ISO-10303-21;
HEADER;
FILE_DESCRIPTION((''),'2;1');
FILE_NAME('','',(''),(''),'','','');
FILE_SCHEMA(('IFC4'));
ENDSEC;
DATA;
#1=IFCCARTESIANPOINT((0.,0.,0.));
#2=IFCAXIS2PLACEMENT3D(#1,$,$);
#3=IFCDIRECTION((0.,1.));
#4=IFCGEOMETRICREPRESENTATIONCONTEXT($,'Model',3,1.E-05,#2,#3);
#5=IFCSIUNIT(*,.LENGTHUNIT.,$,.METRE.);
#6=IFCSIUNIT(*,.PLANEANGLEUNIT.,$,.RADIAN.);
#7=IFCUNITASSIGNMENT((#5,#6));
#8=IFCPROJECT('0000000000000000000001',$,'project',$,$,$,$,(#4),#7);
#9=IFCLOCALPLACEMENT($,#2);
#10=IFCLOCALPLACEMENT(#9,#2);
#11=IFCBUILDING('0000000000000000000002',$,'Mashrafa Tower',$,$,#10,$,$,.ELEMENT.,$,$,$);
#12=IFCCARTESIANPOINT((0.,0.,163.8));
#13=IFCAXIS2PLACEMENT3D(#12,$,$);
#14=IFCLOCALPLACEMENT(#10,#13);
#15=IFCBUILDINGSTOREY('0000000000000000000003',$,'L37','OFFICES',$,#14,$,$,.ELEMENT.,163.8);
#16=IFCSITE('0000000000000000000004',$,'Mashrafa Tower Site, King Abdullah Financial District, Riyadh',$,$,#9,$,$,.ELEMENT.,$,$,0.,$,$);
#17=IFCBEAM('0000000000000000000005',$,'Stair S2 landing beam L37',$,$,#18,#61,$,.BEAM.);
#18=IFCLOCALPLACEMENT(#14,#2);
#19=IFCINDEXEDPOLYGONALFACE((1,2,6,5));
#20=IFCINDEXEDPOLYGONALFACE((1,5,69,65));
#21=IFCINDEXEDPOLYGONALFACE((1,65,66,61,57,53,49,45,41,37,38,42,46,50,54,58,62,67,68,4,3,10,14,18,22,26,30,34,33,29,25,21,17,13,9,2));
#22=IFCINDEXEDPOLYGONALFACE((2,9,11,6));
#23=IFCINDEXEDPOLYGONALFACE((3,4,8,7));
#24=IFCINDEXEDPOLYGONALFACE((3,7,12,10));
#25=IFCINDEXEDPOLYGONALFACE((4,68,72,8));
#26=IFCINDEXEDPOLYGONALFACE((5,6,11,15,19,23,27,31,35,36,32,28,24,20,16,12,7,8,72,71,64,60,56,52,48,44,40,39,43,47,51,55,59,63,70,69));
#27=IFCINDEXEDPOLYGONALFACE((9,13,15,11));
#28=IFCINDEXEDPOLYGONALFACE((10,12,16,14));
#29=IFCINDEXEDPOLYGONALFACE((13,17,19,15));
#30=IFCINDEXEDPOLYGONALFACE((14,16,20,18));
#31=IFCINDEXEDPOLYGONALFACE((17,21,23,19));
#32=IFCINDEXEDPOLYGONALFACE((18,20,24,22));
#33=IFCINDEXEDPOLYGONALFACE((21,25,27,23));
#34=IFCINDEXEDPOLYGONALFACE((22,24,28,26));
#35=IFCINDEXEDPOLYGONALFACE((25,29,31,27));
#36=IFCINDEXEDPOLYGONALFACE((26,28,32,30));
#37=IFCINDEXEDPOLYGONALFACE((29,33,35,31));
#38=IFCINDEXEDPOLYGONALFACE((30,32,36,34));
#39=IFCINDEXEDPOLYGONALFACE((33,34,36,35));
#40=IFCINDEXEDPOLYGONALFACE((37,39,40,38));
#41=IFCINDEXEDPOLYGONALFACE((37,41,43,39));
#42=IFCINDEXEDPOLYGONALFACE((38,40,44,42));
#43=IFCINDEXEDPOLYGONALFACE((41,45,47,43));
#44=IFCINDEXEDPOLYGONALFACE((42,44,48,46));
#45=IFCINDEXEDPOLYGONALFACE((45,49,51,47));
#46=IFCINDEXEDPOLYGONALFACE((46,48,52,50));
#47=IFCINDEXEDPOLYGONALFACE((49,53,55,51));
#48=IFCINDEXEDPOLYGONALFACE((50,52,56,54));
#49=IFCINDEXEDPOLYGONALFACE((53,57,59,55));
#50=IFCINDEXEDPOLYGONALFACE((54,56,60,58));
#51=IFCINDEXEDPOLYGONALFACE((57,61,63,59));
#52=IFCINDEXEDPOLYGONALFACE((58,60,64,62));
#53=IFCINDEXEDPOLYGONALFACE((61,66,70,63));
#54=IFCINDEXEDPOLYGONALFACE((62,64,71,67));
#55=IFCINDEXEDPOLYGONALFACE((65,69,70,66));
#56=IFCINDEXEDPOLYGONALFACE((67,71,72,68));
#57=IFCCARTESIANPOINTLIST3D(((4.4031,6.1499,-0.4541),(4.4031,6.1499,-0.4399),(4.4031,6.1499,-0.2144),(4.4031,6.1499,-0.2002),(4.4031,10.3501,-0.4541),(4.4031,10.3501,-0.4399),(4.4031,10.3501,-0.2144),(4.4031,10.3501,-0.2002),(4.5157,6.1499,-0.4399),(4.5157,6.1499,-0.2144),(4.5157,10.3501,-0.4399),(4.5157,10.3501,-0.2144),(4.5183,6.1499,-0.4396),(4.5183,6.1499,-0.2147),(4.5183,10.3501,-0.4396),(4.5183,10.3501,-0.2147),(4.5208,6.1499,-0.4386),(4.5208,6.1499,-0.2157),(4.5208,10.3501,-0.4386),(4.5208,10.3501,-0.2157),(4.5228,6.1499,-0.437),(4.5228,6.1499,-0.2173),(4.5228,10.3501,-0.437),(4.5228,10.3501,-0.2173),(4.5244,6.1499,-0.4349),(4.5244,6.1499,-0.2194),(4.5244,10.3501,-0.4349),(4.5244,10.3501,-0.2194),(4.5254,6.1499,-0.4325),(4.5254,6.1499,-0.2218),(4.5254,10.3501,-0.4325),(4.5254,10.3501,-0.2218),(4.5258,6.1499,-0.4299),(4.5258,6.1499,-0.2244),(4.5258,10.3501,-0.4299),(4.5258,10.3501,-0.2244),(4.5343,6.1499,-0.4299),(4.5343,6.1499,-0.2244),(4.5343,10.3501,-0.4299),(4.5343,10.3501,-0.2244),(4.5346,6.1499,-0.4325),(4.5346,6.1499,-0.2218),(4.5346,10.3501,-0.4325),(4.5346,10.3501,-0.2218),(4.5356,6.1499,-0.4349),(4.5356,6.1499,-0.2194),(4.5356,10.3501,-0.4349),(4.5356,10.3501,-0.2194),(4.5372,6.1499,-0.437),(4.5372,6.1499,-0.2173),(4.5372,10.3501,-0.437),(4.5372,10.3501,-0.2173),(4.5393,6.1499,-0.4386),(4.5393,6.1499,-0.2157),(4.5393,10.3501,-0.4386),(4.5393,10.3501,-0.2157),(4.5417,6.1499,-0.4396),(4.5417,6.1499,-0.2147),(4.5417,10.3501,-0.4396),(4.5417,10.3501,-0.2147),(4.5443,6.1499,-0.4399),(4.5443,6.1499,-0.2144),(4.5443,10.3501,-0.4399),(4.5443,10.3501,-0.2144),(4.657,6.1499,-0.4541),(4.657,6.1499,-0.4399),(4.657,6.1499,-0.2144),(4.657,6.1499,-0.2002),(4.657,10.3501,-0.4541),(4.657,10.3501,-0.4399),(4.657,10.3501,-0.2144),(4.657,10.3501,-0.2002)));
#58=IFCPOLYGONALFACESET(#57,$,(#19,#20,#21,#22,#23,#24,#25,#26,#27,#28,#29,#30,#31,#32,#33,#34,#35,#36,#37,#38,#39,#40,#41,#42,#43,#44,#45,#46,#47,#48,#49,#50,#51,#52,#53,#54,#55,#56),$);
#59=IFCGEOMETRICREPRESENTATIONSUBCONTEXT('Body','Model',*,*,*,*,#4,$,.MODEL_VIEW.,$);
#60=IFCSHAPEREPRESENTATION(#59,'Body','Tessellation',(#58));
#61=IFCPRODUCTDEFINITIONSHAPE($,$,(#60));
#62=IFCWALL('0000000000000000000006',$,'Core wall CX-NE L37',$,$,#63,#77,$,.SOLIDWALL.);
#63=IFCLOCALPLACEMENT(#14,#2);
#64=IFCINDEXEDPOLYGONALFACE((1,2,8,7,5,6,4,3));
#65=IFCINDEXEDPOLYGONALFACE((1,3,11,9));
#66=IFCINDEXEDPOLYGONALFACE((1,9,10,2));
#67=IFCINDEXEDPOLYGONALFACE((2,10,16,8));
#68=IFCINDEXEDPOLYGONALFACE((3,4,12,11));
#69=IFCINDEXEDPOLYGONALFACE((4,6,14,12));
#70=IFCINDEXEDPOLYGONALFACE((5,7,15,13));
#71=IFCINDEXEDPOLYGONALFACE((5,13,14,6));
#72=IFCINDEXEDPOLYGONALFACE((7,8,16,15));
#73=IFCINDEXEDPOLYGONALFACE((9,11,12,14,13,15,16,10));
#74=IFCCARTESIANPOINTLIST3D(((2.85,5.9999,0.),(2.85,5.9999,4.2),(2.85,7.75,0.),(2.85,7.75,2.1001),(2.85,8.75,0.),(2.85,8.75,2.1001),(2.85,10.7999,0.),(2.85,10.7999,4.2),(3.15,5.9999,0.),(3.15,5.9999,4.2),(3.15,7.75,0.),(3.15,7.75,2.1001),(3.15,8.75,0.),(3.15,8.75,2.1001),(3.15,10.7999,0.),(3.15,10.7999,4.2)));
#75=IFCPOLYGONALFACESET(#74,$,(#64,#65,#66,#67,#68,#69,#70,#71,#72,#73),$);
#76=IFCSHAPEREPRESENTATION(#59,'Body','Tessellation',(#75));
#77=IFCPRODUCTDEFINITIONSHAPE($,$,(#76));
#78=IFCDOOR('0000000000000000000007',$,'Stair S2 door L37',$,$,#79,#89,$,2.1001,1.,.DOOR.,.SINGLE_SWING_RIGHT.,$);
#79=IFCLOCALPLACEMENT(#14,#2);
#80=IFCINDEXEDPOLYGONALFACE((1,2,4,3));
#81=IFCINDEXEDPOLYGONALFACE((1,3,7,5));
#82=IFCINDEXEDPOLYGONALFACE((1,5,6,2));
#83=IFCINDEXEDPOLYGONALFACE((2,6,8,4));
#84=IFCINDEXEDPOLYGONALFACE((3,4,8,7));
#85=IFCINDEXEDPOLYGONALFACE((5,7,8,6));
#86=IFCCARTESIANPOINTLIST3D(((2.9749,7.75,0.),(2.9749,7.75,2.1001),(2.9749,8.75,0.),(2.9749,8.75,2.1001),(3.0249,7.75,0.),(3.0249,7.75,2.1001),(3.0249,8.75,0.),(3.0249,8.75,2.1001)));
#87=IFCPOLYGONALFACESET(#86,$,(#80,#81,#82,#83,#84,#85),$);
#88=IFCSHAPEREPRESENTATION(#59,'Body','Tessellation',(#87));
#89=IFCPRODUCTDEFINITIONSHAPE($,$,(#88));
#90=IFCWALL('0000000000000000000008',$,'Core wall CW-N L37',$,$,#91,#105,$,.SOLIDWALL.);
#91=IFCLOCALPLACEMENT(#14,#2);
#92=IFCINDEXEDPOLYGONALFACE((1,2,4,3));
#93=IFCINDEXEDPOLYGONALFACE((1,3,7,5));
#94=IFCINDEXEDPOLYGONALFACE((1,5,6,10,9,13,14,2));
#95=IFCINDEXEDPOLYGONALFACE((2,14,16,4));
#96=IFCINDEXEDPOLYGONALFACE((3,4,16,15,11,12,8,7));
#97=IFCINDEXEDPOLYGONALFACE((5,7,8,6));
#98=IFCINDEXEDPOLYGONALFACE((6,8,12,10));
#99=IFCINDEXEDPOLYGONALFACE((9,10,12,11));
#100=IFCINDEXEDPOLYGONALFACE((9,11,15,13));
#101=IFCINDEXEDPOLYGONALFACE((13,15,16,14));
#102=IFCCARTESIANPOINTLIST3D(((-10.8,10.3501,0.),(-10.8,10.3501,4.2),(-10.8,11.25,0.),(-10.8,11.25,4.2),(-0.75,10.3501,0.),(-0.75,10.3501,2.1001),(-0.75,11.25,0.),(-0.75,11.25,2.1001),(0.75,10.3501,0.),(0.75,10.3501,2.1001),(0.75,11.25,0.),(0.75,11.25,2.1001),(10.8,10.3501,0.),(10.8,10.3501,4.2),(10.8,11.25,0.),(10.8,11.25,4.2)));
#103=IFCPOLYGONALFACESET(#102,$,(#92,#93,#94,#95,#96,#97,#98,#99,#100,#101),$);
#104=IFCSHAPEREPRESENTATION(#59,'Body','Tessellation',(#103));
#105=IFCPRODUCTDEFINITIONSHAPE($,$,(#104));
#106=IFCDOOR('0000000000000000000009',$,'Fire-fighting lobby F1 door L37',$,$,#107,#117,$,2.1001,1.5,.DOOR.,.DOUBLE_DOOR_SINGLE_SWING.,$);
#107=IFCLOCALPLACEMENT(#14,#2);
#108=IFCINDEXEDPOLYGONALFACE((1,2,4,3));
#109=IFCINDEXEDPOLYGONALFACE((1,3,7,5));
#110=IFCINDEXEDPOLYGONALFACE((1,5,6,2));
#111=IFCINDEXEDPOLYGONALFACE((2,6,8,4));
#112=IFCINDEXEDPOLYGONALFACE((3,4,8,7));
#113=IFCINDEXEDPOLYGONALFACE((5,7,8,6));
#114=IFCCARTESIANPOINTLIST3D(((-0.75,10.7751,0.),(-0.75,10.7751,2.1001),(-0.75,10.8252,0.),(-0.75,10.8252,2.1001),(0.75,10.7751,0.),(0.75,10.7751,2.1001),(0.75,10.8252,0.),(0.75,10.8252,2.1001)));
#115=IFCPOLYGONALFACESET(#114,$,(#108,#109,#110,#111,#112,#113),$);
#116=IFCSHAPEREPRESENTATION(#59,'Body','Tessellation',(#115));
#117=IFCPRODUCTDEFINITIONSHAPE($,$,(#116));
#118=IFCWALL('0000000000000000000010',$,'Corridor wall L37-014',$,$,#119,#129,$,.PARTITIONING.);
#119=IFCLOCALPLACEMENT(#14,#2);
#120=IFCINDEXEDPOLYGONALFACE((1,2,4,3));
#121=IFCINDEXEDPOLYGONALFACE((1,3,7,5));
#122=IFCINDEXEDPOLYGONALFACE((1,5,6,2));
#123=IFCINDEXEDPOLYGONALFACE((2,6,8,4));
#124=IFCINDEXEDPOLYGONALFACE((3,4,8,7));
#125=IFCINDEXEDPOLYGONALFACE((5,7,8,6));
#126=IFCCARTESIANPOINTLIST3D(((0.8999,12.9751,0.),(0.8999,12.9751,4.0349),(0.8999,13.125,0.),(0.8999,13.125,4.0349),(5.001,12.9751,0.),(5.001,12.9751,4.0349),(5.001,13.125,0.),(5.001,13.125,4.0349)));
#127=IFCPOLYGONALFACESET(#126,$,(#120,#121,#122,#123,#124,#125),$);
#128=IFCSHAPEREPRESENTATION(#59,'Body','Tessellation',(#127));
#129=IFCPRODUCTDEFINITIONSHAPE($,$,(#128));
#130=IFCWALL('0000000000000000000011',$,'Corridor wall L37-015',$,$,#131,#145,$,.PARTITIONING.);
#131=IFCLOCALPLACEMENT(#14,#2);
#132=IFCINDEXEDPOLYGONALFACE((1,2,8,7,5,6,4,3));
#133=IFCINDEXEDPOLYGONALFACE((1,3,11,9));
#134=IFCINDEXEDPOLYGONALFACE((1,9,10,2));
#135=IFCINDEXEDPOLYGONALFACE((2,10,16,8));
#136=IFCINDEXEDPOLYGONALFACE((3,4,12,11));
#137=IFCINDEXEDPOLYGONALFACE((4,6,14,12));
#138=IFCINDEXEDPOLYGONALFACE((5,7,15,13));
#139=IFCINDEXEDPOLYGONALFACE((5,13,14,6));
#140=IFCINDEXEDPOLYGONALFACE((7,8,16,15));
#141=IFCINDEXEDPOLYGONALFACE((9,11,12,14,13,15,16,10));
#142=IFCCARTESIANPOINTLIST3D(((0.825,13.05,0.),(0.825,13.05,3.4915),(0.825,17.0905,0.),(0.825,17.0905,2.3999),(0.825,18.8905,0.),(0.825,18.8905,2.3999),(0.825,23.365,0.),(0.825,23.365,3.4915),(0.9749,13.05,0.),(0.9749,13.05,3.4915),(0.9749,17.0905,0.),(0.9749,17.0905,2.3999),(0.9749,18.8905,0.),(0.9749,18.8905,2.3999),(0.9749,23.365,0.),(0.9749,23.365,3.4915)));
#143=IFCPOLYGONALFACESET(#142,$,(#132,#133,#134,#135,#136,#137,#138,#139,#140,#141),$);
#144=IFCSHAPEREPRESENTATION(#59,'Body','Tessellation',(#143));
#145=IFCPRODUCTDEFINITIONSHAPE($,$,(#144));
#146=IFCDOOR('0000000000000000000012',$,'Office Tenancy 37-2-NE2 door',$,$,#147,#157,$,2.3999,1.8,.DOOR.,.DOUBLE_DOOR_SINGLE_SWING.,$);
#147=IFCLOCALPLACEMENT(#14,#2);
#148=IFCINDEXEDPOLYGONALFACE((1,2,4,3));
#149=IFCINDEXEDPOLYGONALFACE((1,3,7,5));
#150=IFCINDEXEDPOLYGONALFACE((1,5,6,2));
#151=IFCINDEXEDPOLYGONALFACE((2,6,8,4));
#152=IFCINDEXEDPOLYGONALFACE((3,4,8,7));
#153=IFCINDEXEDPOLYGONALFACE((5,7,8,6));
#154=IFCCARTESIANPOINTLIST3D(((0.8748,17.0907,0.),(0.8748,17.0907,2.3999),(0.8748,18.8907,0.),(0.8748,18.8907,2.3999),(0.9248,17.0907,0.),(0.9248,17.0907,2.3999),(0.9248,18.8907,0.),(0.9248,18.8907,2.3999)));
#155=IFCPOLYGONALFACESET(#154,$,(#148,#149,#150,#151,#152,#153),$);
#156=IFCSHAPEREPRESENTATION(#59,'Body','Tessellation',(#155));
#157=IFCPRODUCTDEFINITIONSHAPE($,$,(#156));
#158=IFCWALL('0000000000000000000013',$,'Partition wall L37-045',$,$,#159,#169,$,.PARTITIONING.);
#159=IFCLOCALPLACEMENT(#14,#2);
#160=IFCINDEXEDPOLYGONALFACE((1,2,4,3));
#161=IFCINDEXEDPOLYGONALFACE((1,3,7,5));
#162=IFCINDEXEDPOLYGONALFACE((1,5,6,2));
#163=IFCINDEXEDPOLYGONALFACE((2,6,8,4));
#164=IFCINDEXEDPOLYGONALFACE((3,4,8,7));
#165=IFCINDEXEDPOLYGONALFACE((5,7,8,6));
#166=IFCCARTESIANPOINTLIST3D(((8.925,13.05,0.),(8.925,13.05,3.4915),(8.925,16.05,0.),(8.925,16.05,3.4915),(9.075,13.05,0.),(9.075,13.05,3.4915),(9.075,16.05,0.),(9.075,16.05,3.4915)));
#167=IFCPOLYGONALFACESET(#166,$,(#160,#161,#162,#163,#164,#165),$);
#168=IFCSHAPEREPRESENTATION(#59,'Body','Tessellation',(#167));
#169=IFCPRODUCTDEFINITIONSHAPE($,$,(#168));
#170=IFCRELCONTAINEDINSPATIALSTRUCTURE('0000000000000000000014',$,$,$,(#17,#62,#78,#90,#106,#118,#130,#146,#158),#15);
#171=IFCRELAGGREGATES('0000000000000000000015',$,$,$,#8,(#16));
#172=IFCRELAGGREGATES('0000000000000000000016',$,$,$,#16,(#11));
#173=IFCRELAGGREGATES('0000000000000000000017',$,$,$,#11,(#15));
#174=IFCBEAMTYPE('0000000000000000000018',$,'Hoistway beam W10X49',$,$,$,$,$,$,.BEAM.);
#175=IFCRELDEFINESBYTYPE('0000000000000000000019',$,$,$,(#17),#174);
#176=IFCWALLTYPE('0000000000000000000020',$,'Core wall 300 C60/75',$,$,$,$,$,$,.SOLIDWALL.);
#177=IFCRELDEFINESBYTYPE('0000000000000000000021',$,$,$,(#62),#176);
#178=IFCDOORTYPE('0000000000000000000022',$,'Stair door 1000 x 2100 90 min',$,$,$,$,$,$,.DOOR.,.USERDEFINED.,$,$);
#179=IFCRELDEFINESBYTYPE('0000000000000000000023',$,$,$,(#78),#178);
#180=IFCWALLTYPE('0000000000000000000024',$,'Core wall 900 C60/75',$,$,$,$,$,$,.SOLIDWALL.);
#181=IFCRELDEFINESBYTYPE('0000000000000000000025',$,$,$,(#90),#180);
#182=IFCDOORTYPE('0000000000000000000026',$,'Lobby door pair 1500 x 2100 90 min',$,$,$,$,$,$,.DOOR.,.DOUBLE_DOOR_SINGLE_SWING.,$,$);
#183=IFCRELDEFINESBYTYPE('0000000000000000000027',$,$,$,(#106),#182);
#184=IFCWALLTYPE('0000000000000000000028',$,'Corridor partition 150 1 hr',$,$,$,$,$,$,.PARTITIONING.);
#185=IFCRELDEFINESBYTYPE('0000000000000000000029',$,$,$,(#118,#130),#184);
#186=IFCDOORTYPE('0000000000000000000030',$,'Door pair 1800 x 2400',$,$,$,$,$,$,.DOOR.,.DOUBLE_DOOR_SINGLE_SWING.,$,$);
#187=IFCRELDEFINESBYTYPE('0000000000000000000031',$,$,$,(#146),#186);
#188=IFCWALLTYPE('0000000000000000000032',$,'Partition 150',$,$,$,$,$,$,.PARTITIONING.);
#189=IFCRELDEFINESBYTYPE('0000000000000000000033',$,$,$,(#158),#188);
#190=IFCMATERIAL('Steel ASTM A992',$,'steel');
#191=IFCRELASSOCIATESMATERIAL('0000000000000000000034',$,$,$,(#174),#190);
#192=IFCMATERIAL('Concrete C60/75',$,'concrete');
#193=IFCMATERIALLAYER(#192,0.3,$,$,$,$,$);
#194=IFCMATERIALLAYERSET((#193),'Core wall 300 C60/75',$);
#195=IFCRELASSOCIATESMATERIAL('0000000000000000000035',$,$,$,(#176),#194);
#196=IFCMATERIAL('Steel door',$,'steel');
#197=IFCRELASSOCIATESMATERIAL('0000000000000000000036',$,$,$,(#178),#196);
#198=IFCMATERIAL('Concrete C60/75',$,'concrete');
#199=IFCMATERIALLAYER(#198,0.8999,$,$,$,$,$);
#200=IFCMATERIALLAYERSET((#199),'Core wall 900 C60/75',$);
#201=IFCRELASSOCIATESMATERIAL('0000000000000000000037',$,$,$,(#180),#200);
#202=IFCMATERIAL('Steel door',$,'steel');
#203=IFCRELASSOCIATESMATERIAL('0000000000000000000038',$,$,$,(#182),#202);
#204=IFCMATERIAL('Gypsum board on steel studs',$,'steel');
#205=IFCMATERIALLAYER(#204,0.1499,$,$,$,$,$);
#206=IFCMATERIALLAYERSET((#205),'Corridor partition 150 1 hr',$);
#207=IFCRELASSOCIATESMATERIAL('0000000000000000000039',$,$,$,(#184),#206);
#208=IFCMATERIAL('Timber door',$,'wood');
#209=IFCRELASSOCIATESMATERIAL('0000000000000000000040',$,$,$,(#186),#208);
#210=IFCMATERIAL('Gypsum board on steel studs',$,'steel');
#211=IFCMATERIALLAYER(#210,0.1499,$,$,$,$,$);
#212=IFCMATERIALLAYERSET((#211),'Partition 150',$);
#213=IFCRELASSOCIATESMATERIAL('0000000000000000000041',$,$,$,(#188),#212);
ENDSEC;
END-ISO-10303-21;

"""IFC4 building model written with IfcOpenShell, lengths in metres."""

from ifc_helpers import new_model, si_unit, direction, frame, frame_2d, origin, origin_2d, place, context, subcontext, project, spatial, rectangle, i_section, extrude, material, layer, layer_set, material_profile, profile_set, type_object, element, fill, save


model = new_model("IFC4")

# Units and contexts
model_context = context("Model", 3, precision=1e-05, world=origin(), true_north=direction((0.0, 1.0)))
body_context = subcontext(model_context, "Body", "Model", "MODEL_VIEW")
ifc_project = project(units=[si_unit("LENGTHUNIT", "METRE"), si_unit("PLANEANGLEUNIT", "RADIAN")], contexts=[model_context])

# Site, building, storey
site_placement = place(None, origin())
site = spatial("IfcSite", under=ifc_project, at=site_placement, Name="Mashrafa Tower Site, King Abdullah Financial District, Riyadh", CompositionType="ELEMENT", RefElevation=0.0)
building_placement = place(site_placement, origin())
building = spatial("IfcBuilding", under=site, at=building_placement, Name="Mashrafa Tower", CompositionType="ELEMENT")
storey_placement = place(building_placement, frame((0.0, 0.0, 163.8)))
storey = spatial("IfcBuildingStorey", under=building, at=storey_placement, Name="L37", Description="OFFICES", CompositionType="ELEMENT", Elevation=163.8)

# Beam
ifc_material_1 = material(Name="Steel ASTM A992", Category="steel")
ifc_material_profile_1 = material_profile(ifc_material_1, i_section(OverallWidth=0.2539, OverallDepth=0.2539, WebThickness=0.0085, FlangeThickness=0.0142, FilletRadius=0.01, at=origin_2d()), Name="W10X49")
ifc_profile_set_1 = profile_set([ifc_material_profile_1], Name="Steel ASTM A992")
beam_type_1 = type_object("IfcBeamType", Name="Hoistway beam W10X49", PredefinedType="BEAM", material=ifc_profile_set_1)
beam_1_placement = place(storey_placement, frame((4.53, 6.1499, -0.3271), z_axis=(0.0, 1.0, 0.0), x_axis=(-1.0, 0.0, 0.0)))
element("IfcBeam", 1, at=beam_1_placement, inside=storey, type_object=beam_type_1, Name="Stair S2 landing beam L37", PredefinedType="BEAM", context=body_context, shape_type="SweptSolid", body=[
    extrude(i_section(OverallWidth=0.2539, OverallDepth=0.2539, WebThickness=0.0085, FlangeThickness=0.0142, FilletRadius=0.01, at=origin_2d()), origin(), (0.0, 0.0, 1.0), 4.2002),
])

# Walls, openings, doors
ifc_material_2 = material(Name="Concrete C60/75", Category="concrete")
ifc_layer_1 = layer(ifc_material_2, 0.3)
ifc_layer_set_1 = layer_set([ifc_layer_1], Name="Core wall 300 C60/75")
wall_type_1 = type_object("IfcWallType", Name="Core wall 300 C60/75", PredefinedType="SOLIDWALL", material=ifc_layer_set_1)
wall_1_placement = place(storey_placement, frame((3.0, 6.0, 0.0), z_axis=(0.0, 0.0, 1.0), x_axis=(0.0, 1.0, 0.0)))
wall_1 = element("IfcWall", 2, at=wall_1_placement, inside=storey, type_object=wall_type_1, Name="Core wall CX-NE L37", PredefinedType="SOLIDWALL", context=body_context, shape_type="SweptSolid", body=[
    extrude(rectangle(XDim=4.8, YDim=0.3, at=frame_2d((2.3999, 0.0))), origin(), (0.0, 0.0, 1.0), 4.2),
])
opening_1_placement = place(wall_1_placement, frame((1.75, 0.0, 0.0)))
opening_1 = element("IfcOpeningElement", 3, at=opening_1_placement, cuts=wall_1, PredefinedType="OPENING", context=body_context, shape_type="SweptSolid", body=[
    extrude(rectangle(XDim=1.0, YDim=2.1001, at=frame_2d((0.5, 1.05))), frame((0.0, 0.1599, 0.0), z_axis=(0.0, -1.0, 0.0), x_axis=(1.0, 0.0, 0.0)), (0.0, 0.0, 1.0), 0.3201),
])
ifc_material_3 = material(Name="Steel door", Category="steel")
door_type_1 = type_object("IfcDoorType", Name="Stair door 1000 x 2100 90 min", OperationType="USERDEFINED", PredefinedType="DOOR", material=ifc_material_3)
door_1_placement = place(opening_1_placement, frame((1.0, 0.0, 0.0), z_axis=(0.0, 0.0, 1.0), x_axis=(-1.0, 0.0, 0.0)))
door_1 = element("IfcDoor", 4, at=door_1_placement, inside=storey, type_object=door_type_1, Name="Stair S2 door L37", OperationType="SINGLE_SWING_RIGHT", OverallHeight=2.1001, OverallWidth=1.0, PredefinedType="DOOR", context=body_context, shape_type="SweptSolid", body=[
    extrude(rectangle(XDim=1.0, YDim=2.1001, at=frame_2d((0.5, 1.05))), frame((0.0, 0.0249, 0.0), z_axis=(0.0, -1.0, 0.0), x_axis=(1.0, 0.0, 0.0)), (0.0, 0.0, 1.0), 0.05),
])
fill(opening_1, door_1)
ifc_material_4 = material(Name="Concrete C60/75", Category="concrete")
ifc_layer_2 = layer(ifc_material_4, 0.8999)
ifc_layer_set_2 = layer_set([ifc_layer_2], Name="Core wall 900 C60/75")
wall_type_2 = type_object("IfcWallType", Name="Core wall 900 C60/75", PredefinedType="SOLIDWALL", material=ifc_layer_set_2)
wall_2_placement = place(storey_placement, frame((10.8, 10.8, 0.0), z_axis=(0.0, 0.0, 1.0), x_axis=(-1.0, 0.0, 0.0)))
wall_2 = element("IfcWall", 5, at=wall_2_placement, inside=storey, type_object=wall_type_2, Name="Core wall CW-N L37", PredefinedType="SOLIDWALL", context=body_context, shape_type="SweptSolid", body=[
    extrude(rectangle(XDim=21.6001, YDim=0.8999, at=frame_2d((10.8, 0.0))), origin(), (0.0, 0.0, 1.0), 4.2),
])
opening_2_placement = place(wall_2_placement, frame((10.05, 0.0, 0.0)))
opening_2 = element("IfcOpeningElement", 6, at=opening_2_placement, cuts=wall_2, PredefinedType="OPENING", context=body_context, shape_type="SweptSolid", body=[
    extrude(rectangle(XDim=1.5, YDim=2.1001, at=frame_2d((0.75, 1.05))), frame((0.0, 0.46, 0.0), z_axis=(0.0, -1.0, 0.0), x_axis=(1.0, 0.0, 0.0)), (0.0, 0.0, 1.0), 0.9199),
])
ifc_material_5 = material(Name="Steel door", Category="steel")
door_type_2 = type_object("IfcDoorType", Name="Lobby door pair 1500 x 2100 90 min", OperationType="DOUBLE_DOOR_SINGLE_SWING", PredefinedType="DOOR", material=ifc_material_5)
door_2_placement = place(opening_2_placement, origin())
door_2 = element("IfcDoor", 7, at=door_2_placement, inside=storey, type_object=door_type_2, Name="Fire-fighting lobby F1 door L37", OperationType="DOUBLE_DOOR_SINGLE_SWING", OverallHeight=2.1001, OverallWidth=1.5, PredefinedType="DOOR", context=body_context, shape_type="SweptSolid", body=[
    extrude(rectangle(XDim=1.5, YDim=2.1001, at=frame_2d((0.75, 1.05))), frame((0.0, 0.0249, 0.0), z_axis=(0.0, -1.0, 0.0), x_axis=(1.0, 0.0, 0.0)), (0.0, 0.0, 1.0), 0.05),
])
fill(opening_2, door_2)

# Wall
ifc_material_6 = material(Name="Gypsum board on steel studs", Category="steel")
ifc_layer_3 = layer(ifc_material_6, 0.1499)
ifc_layer_set_3 = layer_set([ifc_layer_3], Name="Corridor partition 150 1 hr")
wall_type_3 = type_object("IfcWallType", Name="Corridor partition 150 1 hr", PredefinedType="PARTITIONING", material=ifc_layer_set_3)
wall_3_placement = place(storey_placement, frame((5.001, 13.05, 0.0), z_axis=(0.0, 0.0, 1.0), x_axis=(-1.0, 0.0, 0.0)))
element("IfcWall", 8, at=wall_3_placement, inside=storey, type_object=wall_type_3, Name="Corridor wall L37-014", PredefinedType="PARTITIONING", context=body_context, shape_type="SweptSolid", body=[
    extrude(rectangle(XDim=4.1011, YDim=0.1499, at=frame_2d((2.0505, 0.0))), origin(), (0.0, 0.0, 1.0), 4.0349),
])

# Wall, opening, door
wall_4_placement = place(storey_placement, frame((0.8999, 13.05, 0.0), z_axis=(0.0, 0.0, 1.0), x_axis=(0.0, 1.0, 0.0)))
wall_4 = element("IfcWall", 9, at=wall_4_placement, inside=storey, type_object=wall_type_3, Name="Corridor wall L37-015", PredefinedType="PARTITIONING", context=body_context, shape_type="SweptSolid", body=[
    extrude(rectangle(XDim=10.3149, YDim=0.1499, at=frame_2d((5.1575, 0.0))), origin(), (0.0, 0.0, 1.0), 3.4915),
])
opening_3_placement = place(wall_4_placement, frame((4.0405, 0.0, 0.0)))
opening_3 = element("IfcOpeningElement", 10, at=opening_3_placement, cuts=wall_4, PredefinedType="OPENING", context=body_context, shape_type="SweptSolid", body=[
    extrude(rectangle(XDim=1.8, YDim=2.3999, at=frame_2d((0.8999, 1.2))), frame((0.0, 0.085, 0.0), z_axis=(0.0, -1.0, 0.0), x_axis=(1.0, 0.0, 0.0)), (0.0, 0.0, 1.0), 0.1699),
])
ifc_material_7 = material(Name="Timber door", Category="wood")
door_type_3 = type_object("IfcDoorType", Name="Door pair 1800 x 2400", OperationType="DOUBLE_DOOR_SINGLE_SWING", PredefinedType="DOOR", material=ifc_material_7)
door_3_placement = place(opening_3_placement, frame((1.8, 0.0, 0.0), z_axis=(0.0, 0.0, 1.0), x_axis=(-1.0, 0.0, 0.0)))
door_3 = element("IfcDoor", 11, at=door_3_placement, inside=storey, type_object=door_type_3, Name="Office Tenancy 37-2-NE2 door", OperationType="DOUBLE_DOOR_SINGLE_SWING", OverallHeight=2.3999, OverallWidth=1.8, PredefinedType="DOOR", context=body_context, shape_type="SweptSolid", body=[
    extrude(rectangle(XDim=1.8, YDim=2.3999, at=frame_2d((0.8999, 1.2))), frame((0.0, 0.0249, 0.0), z_axis=(0.0, -1.0, 0.0), x_axis=(1.0, 0.0, 0.0)), (0.0, 0.0, 1.0), 0.05),
])
fill(opening_3, door_3)

# Wall
ifc_material_8 = material(Name="Gypsum board on steel studs", Category="steel")
ifc_layer_4 = layer(ifc_material_8, 0.1499)
ifc_layer_set_4 = layer_set([ifc_layer_4], Name="Partition 150")
wall_type_4 = type_object("IfcWallType", Name="Partition 150", PredefinedType="PARTITIONING", material=ifc_layer_set_4)
wall_5_placement = place(storey_placement, frame((9.0, 13.05, 0.0), z_axis=(0.0, 0.0, 1.0), x_axis=(0.0, 1.0, 0.0)))
element("IfcWall", 12, at=wall_5_placement, inside=storey, type_object=wall_type_4, Name="Partition wall L37-045", PredefinedType="PARTITIONING", context=body_context, shape_type="SweptSolid", body=[
    extrude(rectangle(XDim=3.0, YDim=0.1499, at=frame_2d((1.5, 0.0))), origin(), (0.0, 0.0, 1.0), 3.4915),
])

save(model, "model.ifc")
